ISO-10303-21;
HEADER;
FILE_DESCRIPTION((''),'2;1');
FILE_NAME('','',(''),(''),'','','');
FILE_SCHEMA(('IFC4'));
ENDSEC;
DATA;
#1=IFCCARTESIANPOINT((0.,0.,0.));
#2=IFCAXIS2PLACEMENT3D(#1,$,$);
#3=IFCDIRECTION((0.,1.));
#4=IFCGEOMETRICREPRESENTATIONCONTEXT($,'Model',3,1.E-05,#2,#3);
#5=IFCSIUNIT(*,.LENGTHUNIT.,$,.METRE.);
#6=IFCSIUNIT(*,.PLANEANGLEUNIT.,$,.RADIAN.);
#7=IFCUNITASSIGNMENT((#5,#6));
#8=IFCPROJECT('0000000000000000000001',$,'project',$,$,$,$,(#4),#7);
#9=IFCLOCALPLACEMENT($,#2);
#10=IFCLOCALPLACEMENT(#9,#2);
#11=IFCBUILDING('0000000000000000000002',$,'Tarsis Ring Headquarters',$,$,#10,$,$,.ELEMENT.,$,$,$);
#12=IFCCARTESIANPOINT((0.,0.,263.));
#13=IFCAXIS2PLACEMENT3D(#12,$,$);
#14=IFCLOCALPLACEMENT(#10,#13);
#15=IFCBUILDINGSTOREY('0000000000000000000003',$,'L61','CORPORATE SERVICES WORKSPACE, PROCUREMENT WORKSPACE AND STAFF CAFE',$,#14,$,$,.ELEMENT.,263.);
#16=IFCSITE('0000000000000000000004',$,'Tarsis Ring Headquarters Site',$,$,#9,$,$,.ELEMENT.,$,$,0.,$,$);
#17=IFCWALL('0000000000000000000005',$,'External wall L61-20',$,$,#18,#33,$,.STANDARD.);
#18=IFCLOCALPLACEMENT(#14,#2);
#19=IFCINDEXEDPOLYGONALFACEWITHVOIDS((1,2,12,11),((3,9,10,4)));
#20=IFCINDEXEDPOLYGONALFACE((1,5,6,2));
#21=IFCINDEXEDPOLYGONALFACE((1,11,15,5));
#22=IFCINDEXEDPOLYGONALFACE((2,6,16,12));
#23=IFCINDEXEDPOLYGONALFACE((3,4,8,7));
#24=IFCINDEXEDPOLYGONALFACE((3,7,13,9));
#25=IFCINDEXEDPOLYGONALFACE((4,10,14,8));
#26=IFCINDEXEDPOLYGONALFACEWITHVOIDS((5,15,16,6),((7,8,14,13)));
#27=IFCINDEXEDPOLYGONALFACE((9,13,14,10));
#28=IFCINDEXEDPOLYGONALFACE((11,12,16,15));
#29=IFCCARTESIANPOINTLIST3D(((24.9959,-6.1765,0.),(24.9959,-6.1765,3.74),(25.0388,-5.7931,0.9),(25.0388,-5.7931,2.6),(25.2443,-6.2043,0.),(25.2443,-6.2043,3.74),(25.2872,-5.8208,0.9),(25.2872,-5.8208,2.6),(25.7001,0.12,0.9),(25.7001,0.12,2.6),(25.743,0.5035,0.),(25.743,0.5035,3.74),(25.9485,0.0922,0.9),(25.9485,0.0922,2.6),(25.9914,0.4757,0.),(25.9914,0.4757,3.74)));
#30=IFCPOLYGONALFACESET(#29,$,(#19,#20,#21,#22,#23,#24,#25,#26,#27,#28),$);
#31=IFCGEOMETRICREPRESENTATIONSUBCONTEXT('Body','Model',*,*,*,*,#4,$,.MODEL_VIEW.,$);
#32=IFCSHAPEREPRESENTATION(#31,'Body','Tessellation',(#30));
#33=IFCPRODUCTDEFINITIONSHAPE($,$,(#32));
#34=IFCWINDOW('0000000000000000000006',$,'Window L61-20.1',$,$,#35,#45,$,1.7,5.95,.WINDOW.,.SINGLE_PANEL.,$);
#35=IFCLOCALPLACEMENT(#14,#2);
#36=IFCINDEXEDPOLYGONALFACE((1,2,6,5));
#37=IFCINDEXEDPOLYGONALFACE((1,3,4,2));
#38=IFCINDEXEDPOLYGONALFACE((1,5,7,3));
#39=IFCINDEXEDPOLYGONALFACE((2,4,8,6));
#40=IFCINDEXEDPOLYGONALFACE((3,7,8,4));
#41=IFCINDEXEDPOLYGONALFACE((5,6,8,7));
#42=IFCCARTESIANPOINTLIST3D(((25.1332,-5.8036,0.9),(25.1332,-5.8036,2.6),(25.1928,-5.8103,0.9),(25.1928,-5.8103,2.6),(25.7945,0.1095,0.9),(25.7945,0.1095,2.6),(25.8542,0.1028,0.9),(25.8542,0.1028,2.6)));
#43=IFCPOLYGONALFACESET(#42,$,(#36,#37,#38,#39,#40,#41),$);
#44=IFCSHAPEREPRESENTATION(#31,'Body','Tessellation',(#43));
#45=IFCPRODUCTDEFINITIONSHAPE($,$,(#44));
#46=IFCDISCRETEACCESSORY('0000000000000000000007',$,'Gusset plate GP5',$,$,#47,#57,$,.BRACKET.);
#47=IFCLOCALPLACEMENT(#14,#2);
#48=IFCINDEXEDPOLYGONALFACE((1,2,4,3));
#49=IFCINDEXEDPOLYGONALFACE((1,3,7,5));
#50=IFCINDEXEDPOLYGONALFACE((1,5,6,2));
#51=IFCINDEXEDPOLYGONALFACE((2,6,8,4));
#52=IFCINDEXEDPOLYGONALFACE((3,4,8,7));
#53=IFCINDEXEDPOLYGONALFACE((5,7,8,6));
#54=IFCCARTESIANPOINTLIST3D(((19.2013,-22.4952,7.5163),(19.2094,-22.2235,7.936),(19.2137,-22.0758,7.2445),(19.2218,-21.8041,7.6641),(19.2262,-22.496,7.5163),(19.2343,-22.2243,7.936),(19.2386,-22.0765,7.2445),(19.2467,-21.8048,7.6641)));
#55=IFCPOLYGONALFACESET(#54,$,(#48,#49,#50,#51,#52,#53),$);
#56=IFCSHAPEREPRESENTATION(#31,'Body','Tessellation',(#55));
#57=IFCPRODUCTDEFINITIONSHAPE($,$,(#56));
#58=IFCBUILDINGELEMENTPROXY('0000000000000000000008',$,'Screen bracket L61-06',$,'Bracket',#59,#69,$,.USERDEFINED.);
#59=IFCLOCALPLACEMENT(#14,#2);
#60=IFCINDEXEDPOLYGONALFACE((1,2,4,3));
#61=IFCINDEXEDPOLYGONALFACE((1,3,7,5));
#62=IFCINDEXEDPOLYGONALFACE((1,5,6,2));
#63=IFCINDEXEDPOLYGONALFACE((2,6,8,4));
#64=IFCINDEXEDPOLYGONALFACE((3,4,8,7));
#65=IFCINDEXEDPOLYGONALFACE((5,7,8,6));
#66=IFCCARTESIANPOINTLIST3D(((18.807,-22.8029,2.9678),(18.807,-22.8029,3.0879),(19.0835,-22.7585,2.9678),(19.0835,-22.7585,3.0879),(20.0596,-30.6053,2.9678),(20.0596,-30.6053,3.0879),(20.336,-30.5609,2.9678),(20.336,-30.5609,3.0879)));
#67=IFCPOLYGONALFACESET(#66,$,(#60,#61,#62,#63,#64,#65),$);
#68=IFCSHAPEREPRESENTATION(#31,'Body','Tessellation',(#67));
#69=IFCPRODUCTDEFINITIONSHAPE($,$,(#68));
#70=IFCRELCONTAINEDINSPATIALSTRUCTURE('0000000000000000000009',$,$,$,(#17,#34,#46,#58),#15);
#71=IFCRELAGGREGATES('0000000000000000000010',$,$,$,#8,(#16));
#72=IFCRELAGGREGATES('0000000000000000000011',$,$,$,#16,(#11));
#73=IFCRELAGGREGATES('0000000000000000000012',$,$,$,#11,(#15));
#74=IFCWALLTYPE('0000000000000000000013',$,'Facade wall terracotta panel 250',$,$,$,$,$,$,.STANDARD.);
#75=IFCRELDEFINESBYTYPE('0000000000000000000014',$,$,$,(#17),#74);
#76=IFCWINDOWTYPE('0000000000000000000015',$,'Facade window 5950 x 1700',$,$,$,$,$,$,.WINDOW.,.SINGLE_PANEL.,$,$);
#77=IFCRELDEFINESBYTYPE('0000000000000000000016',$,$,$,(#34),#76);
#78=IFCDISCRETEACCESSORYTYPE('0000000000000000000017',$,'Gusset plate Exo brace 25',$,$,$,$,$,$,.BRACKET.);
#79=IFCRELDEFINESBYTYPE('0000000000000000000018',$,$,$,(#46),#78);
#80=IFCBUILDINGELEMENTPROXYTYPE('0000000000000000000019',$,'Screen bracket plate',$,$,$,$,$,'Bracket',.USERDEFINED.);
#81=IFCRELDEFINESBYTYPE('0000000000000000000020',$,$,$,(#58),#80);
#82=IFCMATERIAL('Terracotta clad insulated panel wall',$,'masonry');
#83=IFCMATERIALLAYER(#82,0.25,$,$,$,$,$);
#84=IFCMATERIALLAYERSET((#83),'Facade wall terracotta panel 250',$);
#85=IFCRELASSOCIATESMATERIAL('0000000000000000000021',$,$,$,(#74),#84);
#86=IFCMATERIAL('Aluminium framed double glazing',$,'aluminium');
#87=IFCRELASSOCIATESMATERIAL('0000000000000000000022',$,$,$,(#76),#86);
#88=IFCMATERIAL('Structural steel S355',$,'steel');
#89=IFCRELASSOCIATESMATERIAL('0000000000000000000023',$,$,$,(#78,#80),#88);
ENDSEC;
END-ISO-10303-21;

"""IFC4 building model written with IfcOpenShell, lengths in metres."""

from ifc_helpers import new_model, si_unit, direction, frame, frame_2d, origin, origin_2d, place, context, subcontext, project, spatial, rectangle, extrude, material, layer, layer_set, material_profile, profile_set, type_object, element, fill, save


model = new_model("IFC4")

# Units and contexts
model_context = context("Model", 3, precision=1e-05, world=origin(), true_north=direction((0.0, 1.0)))
body_context = subcontext(model_context, "Body", "Model", "MODEL_VIEW")
ifc_project = project(units=[si_unit("LENGTHUNIT", "METRE"), si_unit("PLANEANGLEUNIT", "RADIAN")], contexts=[model_context])

# Site, building, storey
site_placement = place(None, origin())
site = spatial("IfcSite", under=ifc_project, at=site_placement, Name="Tarsis Ring Headquarters Site", CompositionType="ELEMENT", RefElevation=0.0)
building_placement = place(site_placement, origin())
building = spatial("IfcBuilding", under=site, at=building_placement, Name="Tarsis Ring Headquarters", CompositionType="ELEMENT")
storey_placement = place(building_placement, frame((0.0, 0.0, 263.0)))
storey = spatial("IfcBuildingStorey", under=building, at=storey_placement, Name="L61", Description="CORPORATE SERVICES WORKSPACE, PROCUREMENT WORKSPACE AND STAFF CAFE", CompositionType="ELEMENT", Elevation=263.0)

# Shared definitions
ifc_material_1 = material(Name="Structural steel S355", Category="steel")

# Wall, opening, window
ifc_material_2 = material(Name="Terracotta clad insulated panel wall", Category="masonry")
ifc_layer_1 = layer(ifc_material_2, 0.25)
ifc_layer_set_1 = layer_set([ifc_layer_1], Name="Facade wall terracotta panel 250")
wall_type_1 = type_object("IfcWallType", Name="Facade wall terracotta panel 250", PredefinedType="STANDARD", material=ifc_layer_set_1)
ifc_material_3 = material(Name="Aluminium framed double glazing", Category="aluminium")
window_type_1 = type_object("IfcWindowType", Name="Facade window 5950 x 1700", PartitioningType="SINGLE_PANEL", PredefinedType="WINDOW", material=ifc_material_3)
wall_1_placement = place(storey_placement, frame((25.1201, -6.1904, 0.0), z_axis=(0.0, 0.0, 1.0), x_axis=(0.111145, 0.993804, 0.0)))
wall_1 = element("IfcWall", 1, at=wall_1_placement, inside=storey, type_object=wall_type_1, Name="External wall L61-20", PredefinedType="STANDARD", context=body_context, shape_type="SweptSolid", body=[
    extrude(rectangle(XDim=6.7217, YDim=0.25, at=frame_2d((3.3608, 0.0))), origin(), (0.0, 0.0, 1.0), 3.74),
])
opening_1_placement = place(wall_1_placement, frame((0.3857, 0.0, 0.8999)))
opening_1 = element("IfcOpeningElement", 2, at=opening_1_placement, cuts=wall_1, PredefinedType="OPENING", context=body_context, shape_type="SweptSolid", body=[
    extrude(rectangle(XDim=5.95, YDim=1.7, at=frame_2d((2.9751, 0.8501))), frame((0.0, 0.135, 0.0), z_axis=(0.0, -1.0, 0.0), x_axis=(1.0, 0.0, 0.0)), (0.0, 0.0, 1.0), 0.27),
])
window_1_placement = place(opening_1_placement, origin())
window_1 = element("IfcWindow", 3, at=window_1_placement, inside=storey, type_object=window_type_1, Name="Window L61-20.1", OverallHeight=1.7, OverallWidth=5.95, PartitioningType="SINGLE_PANEL", PredefinedType="WINDOW", context=body_context, shape_type="SweptSolid", body=[
    extrude(rectangle(XDim=5.95, YDim=1.7, at=frame_2d((2.9751, 0.8501))), frame((0.0, 0.03, 0.0), z_axis=(0.0, -1.0, 0.0), x_axis=(1.0, 0.0, 0.0)), (0.0, 0.0, 1.0), 0.0601),
])
fill(opening_1, window_1)

# Discrete accessory
ifc_material_profile_1 = material_profile(ifc_material_1, rectangle(XDim=0.0249, YDim=0.5, at=origin_2d()), Name="PL 25x500")
ifc_profile_set_1 = profile_set([ifc_material_profile_1], Name="Structural steel S355")
discrete_accessory_type = type_object("IfcDiscreteAccessoryType", Name="Gusset plate Exo brace 25", PredefinedType="BRACKET", material=ifc_profile_set_1)
discrete_accessory_placement = place(storey_placement, frame((19.228, -22.0142, 7.8), z_axis=(-0.016112, -0.543424, -0.839304), x_axis=(0.999561, -0.029637, 0.0)))
element("IfcDiscreteAccessory", 4, at=discrete_accessory_placement, inside=storey, type_object=discrete_accessory_type, Name="Gusset plate GP5", PredefinedType="BRACKET", context=body_context, shape_type="SweptSolid", body=[
    extrude(rectangle(XDim=0.0249, YDim=0.5, at=origin_2d()), origin(), (0.0, 0.0, 1.0), 0.5),
])

# Building element proxy
building_element_proxy_type = type_object("IfcBuildingElementProxyType", Name="Screen bracket plate", ElementType="Bracket", PredefinedType="USERDEFINED", material=ifc_material_1)
proxy_placement = place(storey_placement, frame((19.5715, -26.6819, 2.9678), z_axis=(0.0, 0.0, 1.0), x_axis=(-0.158503, 0.987359, 0.0)))
element("IfcBuildingElementProxy", 5, at=proxy_placement, inside=storey, type_object=building_element_proxy_type, Name="Screen bracket L61-06", ObjectType="Bracket", PredefinedType="USERDEFINED", context=body_context, shape_type="SweptSolid", body=[
    extrude(rectangle(XDim=7.9023, YDim=0.28, at=origin_2d()), origin(), (0.0, 0.0, 1.0), 0.1201),
])

save(model, "model.ifc")
